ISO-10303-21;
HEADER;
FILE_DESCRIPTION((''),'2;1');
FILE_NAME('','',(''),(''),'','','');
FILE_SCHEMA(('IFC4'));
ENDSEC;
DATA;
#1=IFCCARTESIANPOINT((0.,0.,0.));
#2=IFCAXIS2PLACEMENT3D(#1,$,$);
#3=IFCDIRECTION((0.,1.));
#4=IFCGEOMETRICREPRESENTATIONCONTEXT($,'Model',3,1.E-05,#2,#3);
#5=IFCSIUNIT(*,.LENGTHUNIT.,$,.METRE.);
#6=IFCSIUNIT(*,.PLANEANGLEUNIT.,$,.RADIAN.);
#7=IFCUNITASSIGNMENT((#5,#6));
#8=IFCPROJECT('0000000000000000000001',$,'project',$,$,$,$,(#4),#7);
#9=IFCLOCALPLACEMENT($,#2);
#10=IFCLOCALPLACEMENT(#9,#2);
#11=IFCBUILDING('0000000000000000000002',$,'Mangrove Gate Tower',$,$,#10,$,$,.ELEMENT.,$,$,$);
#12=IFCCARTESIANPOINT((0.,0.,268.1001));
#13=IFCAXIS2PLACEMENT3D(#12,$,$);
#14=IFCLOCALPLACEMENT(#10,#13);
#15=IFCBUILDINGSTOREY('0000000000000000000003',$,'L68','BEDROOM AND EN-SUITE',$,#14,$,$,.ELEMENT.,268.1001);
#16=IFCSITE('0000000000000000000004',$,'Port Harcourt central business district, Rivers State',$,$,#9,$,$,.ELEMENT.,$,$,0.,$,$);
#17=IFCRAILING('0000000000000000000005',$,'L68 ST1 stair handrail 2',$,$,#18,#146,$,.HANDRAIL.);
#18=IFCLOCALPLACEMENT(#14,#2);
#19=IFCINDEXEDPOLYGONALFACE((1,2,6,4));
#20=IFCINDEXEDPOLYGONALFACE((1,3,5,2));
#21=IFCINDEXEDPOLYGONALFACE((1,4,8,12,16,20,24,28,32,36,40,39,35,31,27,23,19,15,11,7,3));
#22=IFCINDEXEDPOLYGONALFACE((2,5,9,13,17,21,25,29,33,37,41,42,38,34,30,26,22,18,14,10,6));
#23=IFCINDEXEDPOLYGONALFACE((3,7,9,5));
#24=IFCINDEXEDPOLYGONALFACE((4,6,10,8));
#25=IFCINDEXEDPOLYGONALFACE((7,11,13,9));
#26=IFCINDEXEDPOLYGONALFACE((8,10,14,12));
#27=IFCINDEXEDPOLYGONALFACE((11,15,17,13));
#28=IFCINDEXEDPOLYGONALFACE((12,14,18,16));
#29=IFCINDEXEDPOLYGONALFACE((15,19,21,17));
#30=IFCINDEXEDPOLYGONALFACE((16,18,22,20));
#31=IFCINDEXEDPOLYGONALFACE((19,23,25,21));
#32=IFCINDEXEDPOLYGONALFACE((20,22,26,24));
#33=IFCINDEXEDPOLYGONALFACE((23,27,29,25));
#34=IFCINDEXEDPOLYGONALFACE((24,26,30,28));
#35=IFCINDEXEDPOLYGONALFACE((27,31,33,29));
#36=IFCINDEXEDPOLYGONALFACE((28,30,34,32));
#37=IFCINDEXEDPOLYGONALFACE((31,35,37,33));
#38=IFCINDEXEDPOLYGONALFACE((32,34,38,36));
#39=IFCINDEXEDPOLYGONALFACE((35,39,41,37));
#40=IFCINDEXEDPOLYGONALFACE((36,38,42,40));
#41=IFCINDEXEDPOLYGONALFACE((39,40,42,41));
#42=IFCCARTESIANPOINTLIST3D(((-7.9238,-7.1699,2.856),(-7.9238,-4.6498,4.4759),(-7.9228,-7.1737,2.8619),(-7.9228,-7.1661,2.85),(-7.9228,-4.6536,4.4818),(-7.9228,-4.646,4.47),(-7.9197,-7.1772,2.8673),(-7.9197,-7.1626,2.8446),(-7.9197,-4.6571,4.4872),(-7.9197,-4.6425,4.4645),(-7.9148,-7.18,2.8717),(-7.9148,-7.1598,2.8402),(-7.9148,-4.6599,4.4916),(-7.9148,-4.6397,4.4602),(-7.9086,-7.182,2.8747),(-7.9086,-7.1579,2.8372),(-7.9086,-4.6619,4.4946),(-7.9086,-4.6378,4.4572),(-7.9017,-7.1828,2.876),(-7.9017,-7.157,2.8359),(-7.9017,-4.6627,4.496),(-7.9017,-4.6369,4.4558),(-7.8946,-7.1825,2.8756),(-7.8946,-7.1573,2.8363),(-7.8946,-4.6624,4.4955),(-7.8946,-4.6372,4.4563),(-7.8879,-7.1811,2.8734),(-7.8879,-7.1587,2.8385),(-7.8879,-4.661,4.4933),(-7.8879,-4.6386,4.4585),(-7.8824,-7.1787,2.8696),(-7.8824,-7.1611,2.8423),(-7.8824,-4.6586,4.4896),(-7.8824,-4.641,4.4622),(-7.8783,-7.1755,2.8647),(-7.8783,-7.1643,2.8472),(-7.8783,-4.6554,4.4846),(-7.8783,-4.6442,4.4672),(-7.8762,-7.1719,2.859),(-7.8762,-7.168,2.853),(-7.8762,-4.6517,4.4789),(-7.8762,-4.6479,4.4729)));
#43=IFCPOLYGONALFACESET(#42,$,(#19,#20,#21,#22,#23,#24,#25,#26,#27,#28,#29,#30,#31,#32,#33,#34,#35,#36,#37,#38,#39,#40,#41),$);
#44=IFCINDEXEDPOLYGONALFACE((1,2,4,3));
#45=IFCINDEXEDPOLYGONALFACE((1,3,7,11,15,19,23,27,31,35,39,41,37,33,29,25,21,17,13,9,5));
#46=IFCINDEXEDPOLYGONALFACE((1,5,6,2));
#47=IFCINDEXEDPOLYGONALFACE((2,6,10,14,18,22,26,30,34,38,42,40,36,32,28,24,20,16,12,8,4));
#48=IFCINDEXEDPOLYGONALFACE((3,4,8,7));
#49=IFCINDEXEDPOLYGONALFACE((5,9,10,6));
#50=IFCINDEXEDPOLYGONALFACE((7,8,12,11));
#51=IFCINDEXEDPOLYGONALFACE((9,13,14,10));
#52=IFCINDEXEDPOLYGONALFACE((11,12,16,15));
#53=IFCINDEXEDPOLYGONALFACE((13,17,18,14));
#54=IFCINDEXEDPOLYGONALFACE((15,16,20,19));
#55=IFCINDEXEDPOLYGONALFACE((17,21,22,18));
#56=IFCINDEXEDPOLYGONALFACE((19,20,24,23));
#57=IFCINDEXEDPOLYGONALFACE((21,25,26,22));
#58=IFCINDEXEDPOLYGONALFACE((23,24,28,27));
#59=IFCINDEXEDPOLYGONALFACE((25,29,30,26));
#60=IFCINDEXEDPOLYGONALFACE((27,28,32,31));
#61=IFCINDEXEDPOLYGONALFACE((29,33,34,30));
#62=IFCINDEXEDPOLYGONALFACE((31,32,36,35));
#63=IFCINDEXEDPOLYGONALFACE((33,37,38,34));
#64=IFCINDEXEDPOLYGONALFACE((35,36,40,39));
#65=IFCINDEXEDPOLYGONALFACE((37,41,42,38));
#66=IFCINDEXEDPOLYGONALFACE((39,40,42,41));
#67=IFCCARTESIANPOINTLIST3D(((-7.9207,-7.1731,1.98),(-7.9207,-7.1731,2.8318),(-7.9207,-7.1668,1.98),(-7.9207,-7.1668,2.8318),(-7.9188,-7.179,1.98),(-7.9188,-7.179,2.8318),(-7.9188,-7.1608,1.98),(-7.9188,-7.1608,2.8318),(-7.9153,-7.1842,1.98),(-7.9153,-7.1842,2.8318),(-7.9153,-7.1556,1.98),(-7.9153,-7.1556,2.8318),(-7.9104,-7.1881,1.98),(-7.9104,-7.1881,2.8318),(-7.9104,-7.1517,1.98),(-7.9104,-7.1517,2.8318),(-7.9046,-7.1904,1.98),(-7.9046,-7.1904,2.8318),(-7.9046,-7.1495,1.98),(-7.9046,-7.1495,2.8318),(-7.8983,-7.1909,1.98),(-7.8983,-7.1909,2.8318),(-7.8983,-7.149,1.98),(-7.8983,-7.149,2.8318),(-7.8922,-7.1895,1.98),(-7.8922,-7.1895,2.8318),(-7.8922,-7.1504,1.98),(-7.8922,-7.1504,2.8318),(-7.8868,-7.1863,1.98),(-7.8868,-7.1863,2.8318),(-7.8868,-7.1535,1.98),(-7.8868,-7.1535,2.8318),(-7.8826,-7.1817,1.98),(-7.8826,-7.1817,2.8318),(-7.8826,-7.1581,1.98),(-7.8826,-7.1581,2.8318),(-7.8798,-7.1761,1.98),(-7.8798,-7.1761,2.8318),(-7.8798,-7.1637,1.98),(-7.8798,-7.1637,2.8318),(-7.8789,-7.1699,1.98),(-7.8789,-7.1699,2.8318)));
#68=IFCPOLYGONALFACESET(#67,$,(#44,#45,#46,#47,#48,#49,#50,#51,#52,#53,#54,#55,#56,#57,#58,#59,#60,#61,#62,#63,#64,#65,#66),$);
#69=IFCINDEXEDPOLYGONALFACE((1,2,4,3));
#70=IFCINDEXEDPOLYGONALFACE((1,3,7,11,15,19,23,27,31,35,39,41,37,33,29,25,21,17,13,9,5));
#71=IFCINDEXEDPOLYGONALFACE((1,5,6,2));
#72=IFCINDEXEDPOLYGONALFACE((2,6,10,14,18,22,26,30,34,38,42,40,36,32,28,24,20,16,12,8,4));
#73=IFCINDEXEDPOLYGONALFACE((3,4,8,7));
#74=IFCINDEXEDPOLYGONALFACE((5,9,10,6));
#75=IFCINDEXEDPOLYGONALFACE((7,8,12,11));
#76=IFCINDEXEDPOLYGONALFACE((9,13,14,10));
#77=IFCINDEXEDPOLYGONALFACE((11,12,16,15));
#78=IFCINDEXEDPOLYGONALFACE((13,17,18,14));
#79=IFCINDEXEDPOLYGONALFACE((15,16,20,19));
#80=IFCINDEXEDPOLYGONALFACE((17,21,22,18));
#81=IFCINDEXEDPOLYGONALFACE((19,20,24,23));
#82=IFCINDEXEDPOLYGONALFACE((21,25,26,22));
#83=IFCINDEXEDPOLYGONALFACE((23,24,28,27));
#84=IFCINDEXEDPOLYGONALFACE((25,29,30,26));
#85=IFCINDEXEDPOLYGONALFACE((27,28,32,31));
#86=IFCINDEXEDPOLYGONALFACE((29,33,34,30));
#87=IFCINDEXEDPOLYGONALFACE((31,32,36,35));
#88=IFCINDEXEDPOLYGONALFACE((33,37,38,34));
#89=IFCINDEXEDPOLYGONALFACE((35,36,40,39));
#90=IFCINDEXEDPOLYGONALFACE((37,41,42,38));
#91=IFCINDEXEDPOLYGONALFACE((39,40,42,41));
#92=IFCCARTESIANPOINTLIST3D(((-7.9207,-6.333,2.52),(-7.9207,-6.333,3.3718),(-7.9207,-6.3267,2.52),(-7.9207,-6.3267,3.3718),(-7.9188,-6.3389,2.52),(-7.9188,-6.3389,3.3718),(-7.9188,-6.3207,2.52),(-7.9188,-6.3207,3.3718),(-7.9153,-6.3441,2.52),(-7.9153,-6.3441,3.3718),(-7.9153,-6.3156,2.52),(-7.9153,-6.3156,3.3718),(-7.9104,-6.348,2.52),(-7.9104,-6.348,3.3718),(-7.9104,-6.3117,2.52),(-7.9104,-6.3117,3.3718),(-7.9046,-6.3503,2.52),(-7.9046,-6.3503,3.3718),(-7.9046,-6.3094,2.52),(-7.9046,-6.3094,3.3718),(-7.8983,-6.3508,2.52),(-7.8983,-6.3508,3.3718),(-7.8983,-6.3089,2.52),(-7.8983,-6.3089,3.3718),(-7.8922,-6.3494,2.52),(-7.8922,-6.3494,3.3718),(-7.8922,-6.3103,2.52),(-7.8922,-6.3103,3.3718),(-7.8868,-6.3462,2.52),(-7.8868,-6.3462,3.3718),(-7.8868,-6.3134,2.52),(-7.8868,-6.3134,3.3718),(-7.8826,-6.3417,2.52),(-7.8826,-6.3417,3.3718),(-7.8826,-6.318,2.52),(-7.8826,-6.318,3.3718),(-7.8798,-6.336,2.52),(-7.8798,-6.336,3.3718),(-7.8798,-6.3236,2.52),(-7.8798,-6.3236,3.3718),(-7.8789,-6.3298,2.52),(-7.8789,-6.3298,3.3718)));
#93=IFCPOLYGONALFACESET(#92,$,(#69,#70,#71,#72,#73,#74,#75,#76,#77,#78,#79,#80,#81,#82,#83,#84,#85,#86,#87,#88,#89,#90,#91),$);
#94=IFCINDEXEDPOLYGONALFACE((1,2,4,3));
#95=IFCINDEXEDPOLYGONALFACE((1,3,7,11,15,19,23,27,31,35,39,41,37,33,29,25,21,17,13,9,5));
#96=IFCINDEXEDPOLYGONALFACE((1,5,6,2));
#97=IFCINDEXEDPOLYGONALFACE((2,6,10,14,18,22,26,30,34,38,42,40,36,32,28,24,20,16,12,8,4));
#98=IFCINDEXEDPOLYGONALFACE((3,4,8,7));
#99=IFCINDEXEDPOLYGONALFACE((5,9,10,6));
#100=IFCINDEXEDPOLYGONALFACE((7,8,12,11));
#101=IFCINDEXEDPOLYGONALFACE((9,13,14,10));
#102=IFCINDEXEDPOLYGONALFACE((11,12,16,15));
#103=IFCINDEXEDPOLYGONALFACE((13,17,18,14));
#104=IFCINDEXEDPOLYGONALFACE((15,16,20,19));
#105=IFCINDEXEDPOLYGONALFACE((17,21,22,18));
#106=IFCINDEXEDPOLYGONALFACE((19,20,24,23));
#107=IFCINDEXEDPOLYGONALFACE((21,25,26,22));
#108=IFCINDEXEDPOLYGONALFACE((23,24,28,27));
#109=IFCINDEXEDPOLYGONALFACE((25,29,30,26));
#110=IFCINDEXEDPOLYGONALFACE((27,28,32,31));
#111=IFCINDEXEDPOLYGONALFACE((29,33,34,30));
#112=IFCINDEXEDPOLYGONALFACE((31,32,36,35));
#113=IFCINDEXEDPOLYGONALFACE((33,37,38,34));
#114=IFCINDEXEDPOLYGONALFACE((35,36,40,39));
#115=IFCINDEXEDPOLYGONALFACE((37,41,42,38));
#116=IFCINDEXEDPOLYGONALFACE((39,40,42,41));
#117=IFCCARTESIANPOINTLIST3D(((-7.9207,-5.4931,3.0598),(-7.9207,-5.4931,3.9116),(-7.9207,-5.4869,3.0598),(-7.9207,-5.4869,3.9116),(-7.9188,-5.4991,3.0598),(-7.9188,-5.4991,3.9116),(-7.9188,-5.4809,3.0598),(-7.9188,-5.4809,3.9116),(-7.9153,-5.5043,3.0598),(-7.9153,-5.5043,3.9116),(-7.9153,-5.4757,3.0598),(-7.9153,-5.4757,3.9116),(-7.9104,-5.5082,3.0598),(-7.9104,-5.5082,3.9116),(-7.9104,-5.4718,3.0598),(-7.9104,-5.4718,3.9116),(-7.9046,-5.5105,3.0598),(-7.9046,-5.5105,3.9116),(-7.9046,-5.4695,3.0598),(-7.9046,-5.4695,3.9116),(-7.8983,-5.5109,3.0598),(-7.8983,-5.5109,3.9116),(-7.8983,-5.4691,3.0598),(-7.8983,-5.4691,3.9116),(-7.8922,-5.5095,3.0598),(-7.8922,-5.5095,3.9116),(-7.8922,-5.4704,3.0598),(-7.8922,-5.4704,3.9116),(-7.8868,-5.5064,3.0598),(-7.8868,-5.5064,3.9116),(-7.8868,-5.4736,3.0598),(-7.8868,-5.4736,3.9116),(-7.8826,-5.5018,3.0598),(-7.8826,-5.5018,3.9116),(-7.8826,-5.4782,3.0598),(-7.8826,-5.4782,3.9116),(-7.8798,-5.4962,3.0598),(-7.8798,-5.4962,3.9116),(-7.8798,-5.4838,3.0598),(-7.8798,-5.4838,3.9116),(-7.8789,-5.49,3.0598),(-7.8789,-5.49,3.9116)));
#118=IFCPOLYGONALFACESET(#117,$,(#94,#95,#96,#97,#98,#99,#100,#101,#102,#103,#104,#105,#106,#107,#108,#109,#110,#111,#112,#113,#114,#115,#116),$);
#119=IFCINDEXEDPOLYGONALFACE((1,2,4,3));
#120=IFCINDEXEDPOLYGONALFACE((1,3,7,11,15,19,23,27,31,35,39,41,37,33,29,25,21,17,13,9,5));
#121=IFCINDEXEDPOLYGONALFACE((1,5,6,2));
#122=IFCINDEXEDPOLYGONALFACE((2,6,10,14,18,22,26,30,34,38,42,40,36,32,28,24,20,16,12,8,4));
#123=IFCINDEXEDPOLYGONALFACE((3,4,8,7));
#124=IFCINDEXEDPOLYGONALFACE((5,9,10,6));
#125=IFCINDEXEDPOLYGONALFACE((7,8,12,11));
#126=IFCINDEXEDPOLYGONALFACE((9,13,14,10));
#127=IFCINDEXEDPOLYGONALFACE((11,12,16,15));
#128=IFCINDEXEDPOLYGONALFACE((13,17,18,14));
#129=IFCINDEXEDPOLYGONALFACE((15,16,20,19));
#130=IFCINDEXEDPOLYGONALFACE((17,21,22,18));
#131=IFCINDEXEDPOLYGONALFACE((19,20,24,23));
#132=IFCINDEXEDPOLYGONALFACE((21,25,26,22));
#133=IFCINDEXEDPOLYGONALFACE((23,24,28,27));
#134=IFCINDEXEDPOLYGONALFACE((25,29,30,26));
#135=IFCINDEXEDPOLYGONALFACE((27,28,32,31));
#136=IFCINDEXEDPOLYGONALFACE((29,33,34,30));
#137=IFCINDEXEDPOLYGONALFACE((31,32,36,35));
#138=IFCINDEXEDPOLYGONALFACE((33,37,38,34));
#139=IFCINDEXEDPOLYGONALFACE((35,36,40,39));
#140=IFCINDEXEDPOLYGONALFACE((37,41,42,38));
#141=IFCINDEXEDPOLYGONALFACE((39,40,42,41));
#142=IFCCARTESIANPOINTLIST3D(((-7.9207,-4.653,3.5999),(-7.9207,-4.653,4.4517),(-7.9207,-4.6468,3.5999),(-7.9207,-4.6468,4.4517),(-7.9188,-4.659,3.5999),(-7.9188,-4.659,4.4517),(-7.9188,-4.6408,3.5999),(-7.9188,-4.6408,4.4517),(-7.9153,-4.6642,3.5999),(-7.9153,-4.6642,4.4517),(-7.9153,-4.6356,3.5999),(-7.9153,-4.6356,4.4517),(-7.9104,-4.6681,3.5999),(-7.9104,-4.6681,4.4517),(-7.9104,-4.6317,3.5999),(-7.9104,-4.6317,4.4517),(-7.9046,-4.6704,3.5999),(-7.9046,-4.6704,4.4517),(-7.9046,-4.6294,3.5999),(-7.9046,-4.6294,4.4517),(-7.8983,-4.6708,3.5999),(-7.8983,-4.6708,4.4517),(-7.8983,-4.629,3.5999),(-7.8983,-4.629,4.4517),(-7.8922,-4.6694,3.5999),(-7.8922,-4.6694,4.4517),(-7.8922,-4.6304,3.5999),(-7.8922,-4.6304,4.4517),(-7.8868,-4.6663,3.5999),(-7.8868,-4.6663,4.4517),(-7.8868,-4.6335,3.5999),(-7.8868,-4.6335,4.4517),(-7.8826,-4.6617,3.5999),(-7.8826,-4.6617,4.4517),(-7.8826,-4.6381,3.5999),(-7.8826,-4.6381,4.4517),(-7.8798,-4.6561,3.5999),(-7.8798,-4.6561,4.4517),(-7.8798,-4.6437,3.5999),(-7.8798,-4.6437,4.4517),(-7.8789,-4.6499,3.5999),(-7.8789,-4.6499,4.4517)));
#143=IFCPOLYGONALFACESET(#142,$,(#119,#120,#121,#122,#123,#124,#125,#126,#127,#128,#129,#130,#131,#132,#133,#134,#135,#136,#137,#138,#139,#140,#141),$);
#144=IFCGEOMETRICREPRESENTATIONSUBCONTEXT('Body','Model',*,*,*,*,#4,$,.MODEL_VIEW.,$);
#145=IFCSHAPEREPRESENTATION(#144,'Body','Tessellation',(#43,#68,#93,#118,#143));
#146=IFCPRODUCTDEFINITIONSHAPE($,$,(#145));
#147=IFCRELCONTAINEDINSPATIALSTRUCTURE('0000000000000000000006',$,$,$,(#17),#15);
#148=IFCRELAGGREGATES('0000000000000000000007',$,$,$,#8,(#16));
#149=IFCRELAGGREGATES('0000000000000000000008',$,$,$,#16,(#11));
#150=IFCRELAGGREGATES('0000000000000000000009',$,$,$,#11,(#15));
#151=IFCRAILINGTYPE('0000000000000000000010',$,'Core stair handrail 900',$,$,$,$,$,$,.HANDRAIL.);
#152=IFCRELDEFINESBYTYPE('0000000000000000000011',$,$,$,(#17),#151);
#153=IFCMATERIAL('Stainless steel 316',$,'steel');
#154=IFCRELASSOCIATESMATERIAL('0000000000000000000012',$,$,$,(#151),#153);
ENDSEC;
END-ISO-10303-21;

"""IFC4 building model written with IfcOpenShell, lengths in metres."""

from ifc_helpers import new_model, si_unit, direction, frame, origin, origin_2d, place, context, subcontext, project, spatial, circle, extrude, material, type_object, element, save


model = new_model("IFC4")

# Units and contexts
model_context = context("Model", 3, precision=1e-05, world=origin(), true_north=direction((0.0, 1.0)))
body_context = subcontext(model_context, "Body", "Model", "MODEL_VIEW")
ifc_project = project(units=[si_unit("LENGTHUNIT", "METRE"), si_unit("PLANEANGLEUNIT", "RADIAN")], contexts=[model_context])

# Site, building, storey
site_placement = place(None, origin())
site = spatial("IfcSite", under=ifc_project, at=site_placement, Name="Port Harcourt central business district, Rivers State", CompositionType="ELEMENT", RefElevation=0.0)
building_placement = place(site_placement, origin())
building = spatial("IfcBuilding", under=site, at=building_placement, Name="Mangrove Gate Tower", CompositionType="ELEMENT")
storey_placement = place(building_placement, frame((0.0, 0.0, 268.1001)))
storey = spatial("IfcBuildingStorey", under=building, at=storey_placement, Name="L68", Description="BEDROOM AND EN-SUITE", CompositionType="ELEMENT", Elevation=268.1001)

# Railing
ifc_material_1 = material(Name="Stainless steel 316", Category="steel")
railing_type_1 = type_object("IfcRailingType", Name="Core stair handrail 900", PredefinedType="HANDRAIL", material=ifc_material_1)
railing_1_placement = place(storey_placement, frame((-7.8999, -7.1699, 1.98)))
element("IfcRailing", 1, at=railing_1_placement, inside=storey, type_object=railing_type_1, Name="L68 ST1 stair handrail 2", PredefinedType="HANDRAIL", context=body_context, shape_type="SweptSolid", body=[
    extrude(circle(Radius=0.0239, at=origin_2d()), frame((0.0, 0.0, 0.876), z_axis=(0.0, 0.8412, 0.540725), x_axis=(-1.0, 0.0, 0.0)), (0.0, 0.0, 1.0), 2.9958),
    extrude(circle(Radius=0.021, at=origin_2d()), origin(), (0.0, 0.0, 1.0), 0.8518),
    extrude(circle(Radius=0.021, at=origin_2d()), frame((0.0, 0.8401, 0.54)), (0.0, 0.0, 1.0), 0.8518),
    extrude(circle(Radius=0.021, at=origin_2d()), frame((0.0, 1.6799, 1.0798)), (0.0, 0.0, 1.0), 0.8518),
    extrude(circle(Radius=0.021, at=origin_2d()), frame((0.0, 2.52, 1.6199)), (0.0, 0.0, 1.0), 0.8518),
])

save(model, "model.ifc")
